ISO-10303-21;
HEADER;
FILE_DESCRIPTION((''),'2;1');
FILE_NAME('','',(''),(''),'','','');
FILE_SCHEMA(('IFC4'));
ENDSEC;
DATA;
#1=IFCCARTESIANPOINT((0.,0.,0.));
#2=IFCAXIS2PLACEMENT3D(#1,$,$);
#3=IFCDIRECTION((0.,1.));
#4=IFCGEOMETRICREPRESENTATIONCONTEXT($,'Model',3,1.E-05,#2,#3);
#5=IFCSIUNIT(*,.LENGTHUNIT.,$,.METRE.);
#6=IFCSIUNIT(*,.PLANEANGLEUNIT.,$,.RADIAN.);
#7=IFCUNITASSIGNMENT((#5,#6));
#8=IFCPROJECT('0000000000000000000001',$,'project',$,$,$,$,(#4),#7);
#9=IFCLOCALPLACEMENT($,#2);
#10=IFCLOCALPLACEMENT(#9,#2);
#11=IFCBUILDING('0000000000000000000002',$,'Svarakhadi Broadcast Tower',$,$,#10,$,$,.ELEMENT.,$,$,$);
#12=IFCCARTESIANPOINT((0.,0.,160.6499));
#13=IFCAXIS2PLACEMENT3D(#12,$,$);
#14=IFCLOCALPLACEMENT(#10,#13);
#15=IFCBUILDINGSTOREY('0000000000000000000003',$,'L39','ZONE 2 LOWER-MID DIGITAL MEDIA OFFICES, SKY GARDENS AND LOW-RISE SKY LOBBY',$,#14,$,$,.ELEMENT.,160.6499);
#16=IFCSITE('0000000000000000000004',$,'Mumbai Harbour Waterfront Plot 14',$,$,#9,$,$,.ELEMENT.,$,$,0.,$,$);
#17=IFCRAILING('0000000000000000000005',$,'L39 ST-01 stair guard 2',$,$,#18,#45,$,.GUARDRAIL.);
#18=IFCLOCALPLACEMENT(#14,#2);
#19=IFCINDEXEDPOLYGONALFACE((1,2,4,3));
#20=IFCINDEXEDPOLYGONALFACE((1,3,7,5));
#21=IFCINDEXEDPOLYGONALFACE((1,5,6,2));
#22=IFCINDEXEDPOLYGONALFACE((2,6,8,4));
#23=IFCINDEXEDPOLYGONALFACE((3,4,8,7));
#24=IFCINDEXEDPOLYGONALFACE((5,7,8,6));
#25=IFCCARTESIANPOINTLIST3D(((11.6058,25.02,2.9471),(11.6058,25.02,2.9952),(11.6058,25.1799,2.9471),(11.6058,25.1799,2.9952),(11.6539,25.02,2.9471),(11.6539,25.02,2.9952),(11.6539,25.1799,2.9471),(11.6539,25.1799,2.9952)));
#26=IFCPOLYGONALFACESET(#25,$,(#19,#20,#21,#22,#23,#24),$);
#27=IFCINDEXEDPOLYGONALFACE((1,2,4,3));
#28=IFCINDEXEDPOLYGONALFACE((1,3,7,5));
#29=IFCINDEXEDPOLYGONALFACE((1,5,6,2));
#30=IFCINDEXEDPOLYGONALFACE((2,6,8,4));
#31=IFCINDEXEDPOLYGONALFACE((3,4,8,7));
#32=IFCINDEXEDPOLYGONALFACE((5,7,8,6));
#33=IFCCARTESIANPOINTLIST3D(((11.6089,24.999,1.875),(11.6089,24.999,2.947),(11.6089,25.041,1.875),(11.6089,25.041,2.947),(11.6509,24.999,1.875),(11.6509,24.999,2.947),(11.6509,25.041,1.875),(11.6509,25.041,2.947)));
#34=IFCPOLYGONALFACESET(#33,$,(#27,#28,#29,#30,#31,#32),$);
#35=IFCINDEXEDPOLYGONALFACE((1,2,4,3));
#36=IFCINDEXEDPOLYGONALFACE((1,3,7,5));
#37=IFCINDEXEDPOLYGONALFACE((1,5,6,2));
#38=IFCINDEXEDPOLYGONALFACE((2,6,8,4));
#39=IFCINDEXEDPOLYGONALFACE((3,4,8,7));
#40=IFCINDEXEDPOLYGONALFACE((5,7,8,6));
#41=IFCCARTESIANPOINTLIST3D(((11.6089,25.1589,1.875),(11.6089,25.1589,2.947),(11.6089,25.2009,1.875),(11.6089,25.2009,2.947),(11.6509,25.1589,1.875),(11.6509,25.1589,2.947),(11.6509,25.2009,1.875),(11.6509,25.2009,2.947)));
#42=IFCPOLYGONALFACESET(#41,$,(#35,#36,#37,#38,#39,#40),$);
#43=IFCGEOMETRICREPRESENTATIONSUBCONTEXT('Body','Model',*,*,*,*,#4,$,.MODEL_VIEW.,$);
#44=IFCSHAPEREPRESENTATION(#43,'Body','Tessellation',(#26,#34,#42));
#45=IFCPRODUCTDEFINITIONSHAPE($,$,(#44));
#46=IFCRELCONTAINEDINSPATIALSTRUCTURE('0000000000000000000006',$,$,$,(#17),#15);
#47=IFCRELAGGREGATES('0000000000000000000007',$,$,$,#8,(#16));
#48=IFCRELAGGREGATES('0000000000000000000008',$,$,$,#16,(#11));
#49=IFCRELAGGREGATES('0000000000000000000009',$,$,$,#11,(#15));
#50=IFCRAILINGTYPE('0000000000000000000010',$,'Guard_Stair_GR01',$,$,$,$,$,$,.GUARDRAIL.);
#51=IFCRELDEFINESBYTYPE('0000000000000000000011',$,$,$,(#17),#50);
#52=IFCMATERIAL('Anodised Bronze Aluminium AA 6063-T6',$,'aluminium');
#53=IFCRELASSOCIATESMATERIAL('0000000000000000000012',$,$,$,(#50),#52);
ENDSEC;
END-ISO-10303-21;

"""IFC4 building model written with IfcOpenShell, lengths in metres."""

from ifc_helpers import new_model, si_unit, direction, frame, origin, origin_2d, place, context, subcontext, project, spatial, rectangle, extrude, material, type_object, element, save


model = new_model("IFC4")

# Units and contexts
model_context = context("Model", 3, precision=1e-05, world=origin(), true_north=direction((0.0, 1.0)))
body_context = subcontext(model_context, "Body", "Model", "MODEL_VIEW")
ifc_project = project(units=[si_unit("LENGTHUNIT", "METRE"), si_unit("PLANEANGLEUNIT", "RADIAN")], contexts=[model_context])

# Site, building, storey
site_placement = place(None, origin())
site = spatial("IfcSite", under=ifc_project, at=site_placement, Name="Mumbai Harbour Waterfront Plot 14", CompositionType="ELEMENT", RefElevation=0.0)
building_placement = place(site_placement, origin())
building = spatial("IfcBuilding", under=site, at=building_placement, Name="Svarakhadi Broadcast Tower", CompositionType="ELEMENT")
storey_placement = place(building_placement, frame((0.0, 0.0, 160.6499)))
storey = spatial("IfcBuildingStorey", under=building, at=storey_placement, Name="L39", Description="ZONE 2 LOWER-MID DIGITAL MEDIA OFFICES, SKY GARDENS AND LOW-RISE SKY LOBBY", CompositionType="ELEMENT", Elevation=160.6499)

# Railing
ifc_material_1 = material(Name="Anodised Bronze Aluminium AA 6063-T6", Category="aluminium")
railing_type = type_object("IfcRailingType", Name="Guard_Stair_GR01", PredefinedType="GUARDRAIL", material=ifc_material_1)
railing_placement = place(storey_placement, frame((11.6299, 25.02, 1.875)))
element("IfcRailing", 1, at=railing_placement, inside=storey, type_object=railing_type, Name="L39 ST-01 stair guard 2", PredefinedType="GUARDRAIL", context=body_context, shape_type="SweptSolid", body=[
    extrude(rectangle(XDim=0.0481, YDim=0.0481, at=origin_2d()), frame((0.0, 0.0, 1.0962), z_axis=(0.0, 1.0, 0.0), x_axis=(-1.0, 0.0, 0.0)), (0.0, 0.0, 1.0), 0.1599),
    extrude(rectangle(XDim=0.042, YDim=0.042, at=origin_2d()), origin(), (0.0, 0.0, 1.0), 1.072),
    extrude(rectangle(XDim=0.042, YDim=0.042, at=origin_2d()), frame((0.0, 0.1599, 0.0)), (0.0, 0.0, 1.0), 1.072),
])

save(model, "model.ifc")
